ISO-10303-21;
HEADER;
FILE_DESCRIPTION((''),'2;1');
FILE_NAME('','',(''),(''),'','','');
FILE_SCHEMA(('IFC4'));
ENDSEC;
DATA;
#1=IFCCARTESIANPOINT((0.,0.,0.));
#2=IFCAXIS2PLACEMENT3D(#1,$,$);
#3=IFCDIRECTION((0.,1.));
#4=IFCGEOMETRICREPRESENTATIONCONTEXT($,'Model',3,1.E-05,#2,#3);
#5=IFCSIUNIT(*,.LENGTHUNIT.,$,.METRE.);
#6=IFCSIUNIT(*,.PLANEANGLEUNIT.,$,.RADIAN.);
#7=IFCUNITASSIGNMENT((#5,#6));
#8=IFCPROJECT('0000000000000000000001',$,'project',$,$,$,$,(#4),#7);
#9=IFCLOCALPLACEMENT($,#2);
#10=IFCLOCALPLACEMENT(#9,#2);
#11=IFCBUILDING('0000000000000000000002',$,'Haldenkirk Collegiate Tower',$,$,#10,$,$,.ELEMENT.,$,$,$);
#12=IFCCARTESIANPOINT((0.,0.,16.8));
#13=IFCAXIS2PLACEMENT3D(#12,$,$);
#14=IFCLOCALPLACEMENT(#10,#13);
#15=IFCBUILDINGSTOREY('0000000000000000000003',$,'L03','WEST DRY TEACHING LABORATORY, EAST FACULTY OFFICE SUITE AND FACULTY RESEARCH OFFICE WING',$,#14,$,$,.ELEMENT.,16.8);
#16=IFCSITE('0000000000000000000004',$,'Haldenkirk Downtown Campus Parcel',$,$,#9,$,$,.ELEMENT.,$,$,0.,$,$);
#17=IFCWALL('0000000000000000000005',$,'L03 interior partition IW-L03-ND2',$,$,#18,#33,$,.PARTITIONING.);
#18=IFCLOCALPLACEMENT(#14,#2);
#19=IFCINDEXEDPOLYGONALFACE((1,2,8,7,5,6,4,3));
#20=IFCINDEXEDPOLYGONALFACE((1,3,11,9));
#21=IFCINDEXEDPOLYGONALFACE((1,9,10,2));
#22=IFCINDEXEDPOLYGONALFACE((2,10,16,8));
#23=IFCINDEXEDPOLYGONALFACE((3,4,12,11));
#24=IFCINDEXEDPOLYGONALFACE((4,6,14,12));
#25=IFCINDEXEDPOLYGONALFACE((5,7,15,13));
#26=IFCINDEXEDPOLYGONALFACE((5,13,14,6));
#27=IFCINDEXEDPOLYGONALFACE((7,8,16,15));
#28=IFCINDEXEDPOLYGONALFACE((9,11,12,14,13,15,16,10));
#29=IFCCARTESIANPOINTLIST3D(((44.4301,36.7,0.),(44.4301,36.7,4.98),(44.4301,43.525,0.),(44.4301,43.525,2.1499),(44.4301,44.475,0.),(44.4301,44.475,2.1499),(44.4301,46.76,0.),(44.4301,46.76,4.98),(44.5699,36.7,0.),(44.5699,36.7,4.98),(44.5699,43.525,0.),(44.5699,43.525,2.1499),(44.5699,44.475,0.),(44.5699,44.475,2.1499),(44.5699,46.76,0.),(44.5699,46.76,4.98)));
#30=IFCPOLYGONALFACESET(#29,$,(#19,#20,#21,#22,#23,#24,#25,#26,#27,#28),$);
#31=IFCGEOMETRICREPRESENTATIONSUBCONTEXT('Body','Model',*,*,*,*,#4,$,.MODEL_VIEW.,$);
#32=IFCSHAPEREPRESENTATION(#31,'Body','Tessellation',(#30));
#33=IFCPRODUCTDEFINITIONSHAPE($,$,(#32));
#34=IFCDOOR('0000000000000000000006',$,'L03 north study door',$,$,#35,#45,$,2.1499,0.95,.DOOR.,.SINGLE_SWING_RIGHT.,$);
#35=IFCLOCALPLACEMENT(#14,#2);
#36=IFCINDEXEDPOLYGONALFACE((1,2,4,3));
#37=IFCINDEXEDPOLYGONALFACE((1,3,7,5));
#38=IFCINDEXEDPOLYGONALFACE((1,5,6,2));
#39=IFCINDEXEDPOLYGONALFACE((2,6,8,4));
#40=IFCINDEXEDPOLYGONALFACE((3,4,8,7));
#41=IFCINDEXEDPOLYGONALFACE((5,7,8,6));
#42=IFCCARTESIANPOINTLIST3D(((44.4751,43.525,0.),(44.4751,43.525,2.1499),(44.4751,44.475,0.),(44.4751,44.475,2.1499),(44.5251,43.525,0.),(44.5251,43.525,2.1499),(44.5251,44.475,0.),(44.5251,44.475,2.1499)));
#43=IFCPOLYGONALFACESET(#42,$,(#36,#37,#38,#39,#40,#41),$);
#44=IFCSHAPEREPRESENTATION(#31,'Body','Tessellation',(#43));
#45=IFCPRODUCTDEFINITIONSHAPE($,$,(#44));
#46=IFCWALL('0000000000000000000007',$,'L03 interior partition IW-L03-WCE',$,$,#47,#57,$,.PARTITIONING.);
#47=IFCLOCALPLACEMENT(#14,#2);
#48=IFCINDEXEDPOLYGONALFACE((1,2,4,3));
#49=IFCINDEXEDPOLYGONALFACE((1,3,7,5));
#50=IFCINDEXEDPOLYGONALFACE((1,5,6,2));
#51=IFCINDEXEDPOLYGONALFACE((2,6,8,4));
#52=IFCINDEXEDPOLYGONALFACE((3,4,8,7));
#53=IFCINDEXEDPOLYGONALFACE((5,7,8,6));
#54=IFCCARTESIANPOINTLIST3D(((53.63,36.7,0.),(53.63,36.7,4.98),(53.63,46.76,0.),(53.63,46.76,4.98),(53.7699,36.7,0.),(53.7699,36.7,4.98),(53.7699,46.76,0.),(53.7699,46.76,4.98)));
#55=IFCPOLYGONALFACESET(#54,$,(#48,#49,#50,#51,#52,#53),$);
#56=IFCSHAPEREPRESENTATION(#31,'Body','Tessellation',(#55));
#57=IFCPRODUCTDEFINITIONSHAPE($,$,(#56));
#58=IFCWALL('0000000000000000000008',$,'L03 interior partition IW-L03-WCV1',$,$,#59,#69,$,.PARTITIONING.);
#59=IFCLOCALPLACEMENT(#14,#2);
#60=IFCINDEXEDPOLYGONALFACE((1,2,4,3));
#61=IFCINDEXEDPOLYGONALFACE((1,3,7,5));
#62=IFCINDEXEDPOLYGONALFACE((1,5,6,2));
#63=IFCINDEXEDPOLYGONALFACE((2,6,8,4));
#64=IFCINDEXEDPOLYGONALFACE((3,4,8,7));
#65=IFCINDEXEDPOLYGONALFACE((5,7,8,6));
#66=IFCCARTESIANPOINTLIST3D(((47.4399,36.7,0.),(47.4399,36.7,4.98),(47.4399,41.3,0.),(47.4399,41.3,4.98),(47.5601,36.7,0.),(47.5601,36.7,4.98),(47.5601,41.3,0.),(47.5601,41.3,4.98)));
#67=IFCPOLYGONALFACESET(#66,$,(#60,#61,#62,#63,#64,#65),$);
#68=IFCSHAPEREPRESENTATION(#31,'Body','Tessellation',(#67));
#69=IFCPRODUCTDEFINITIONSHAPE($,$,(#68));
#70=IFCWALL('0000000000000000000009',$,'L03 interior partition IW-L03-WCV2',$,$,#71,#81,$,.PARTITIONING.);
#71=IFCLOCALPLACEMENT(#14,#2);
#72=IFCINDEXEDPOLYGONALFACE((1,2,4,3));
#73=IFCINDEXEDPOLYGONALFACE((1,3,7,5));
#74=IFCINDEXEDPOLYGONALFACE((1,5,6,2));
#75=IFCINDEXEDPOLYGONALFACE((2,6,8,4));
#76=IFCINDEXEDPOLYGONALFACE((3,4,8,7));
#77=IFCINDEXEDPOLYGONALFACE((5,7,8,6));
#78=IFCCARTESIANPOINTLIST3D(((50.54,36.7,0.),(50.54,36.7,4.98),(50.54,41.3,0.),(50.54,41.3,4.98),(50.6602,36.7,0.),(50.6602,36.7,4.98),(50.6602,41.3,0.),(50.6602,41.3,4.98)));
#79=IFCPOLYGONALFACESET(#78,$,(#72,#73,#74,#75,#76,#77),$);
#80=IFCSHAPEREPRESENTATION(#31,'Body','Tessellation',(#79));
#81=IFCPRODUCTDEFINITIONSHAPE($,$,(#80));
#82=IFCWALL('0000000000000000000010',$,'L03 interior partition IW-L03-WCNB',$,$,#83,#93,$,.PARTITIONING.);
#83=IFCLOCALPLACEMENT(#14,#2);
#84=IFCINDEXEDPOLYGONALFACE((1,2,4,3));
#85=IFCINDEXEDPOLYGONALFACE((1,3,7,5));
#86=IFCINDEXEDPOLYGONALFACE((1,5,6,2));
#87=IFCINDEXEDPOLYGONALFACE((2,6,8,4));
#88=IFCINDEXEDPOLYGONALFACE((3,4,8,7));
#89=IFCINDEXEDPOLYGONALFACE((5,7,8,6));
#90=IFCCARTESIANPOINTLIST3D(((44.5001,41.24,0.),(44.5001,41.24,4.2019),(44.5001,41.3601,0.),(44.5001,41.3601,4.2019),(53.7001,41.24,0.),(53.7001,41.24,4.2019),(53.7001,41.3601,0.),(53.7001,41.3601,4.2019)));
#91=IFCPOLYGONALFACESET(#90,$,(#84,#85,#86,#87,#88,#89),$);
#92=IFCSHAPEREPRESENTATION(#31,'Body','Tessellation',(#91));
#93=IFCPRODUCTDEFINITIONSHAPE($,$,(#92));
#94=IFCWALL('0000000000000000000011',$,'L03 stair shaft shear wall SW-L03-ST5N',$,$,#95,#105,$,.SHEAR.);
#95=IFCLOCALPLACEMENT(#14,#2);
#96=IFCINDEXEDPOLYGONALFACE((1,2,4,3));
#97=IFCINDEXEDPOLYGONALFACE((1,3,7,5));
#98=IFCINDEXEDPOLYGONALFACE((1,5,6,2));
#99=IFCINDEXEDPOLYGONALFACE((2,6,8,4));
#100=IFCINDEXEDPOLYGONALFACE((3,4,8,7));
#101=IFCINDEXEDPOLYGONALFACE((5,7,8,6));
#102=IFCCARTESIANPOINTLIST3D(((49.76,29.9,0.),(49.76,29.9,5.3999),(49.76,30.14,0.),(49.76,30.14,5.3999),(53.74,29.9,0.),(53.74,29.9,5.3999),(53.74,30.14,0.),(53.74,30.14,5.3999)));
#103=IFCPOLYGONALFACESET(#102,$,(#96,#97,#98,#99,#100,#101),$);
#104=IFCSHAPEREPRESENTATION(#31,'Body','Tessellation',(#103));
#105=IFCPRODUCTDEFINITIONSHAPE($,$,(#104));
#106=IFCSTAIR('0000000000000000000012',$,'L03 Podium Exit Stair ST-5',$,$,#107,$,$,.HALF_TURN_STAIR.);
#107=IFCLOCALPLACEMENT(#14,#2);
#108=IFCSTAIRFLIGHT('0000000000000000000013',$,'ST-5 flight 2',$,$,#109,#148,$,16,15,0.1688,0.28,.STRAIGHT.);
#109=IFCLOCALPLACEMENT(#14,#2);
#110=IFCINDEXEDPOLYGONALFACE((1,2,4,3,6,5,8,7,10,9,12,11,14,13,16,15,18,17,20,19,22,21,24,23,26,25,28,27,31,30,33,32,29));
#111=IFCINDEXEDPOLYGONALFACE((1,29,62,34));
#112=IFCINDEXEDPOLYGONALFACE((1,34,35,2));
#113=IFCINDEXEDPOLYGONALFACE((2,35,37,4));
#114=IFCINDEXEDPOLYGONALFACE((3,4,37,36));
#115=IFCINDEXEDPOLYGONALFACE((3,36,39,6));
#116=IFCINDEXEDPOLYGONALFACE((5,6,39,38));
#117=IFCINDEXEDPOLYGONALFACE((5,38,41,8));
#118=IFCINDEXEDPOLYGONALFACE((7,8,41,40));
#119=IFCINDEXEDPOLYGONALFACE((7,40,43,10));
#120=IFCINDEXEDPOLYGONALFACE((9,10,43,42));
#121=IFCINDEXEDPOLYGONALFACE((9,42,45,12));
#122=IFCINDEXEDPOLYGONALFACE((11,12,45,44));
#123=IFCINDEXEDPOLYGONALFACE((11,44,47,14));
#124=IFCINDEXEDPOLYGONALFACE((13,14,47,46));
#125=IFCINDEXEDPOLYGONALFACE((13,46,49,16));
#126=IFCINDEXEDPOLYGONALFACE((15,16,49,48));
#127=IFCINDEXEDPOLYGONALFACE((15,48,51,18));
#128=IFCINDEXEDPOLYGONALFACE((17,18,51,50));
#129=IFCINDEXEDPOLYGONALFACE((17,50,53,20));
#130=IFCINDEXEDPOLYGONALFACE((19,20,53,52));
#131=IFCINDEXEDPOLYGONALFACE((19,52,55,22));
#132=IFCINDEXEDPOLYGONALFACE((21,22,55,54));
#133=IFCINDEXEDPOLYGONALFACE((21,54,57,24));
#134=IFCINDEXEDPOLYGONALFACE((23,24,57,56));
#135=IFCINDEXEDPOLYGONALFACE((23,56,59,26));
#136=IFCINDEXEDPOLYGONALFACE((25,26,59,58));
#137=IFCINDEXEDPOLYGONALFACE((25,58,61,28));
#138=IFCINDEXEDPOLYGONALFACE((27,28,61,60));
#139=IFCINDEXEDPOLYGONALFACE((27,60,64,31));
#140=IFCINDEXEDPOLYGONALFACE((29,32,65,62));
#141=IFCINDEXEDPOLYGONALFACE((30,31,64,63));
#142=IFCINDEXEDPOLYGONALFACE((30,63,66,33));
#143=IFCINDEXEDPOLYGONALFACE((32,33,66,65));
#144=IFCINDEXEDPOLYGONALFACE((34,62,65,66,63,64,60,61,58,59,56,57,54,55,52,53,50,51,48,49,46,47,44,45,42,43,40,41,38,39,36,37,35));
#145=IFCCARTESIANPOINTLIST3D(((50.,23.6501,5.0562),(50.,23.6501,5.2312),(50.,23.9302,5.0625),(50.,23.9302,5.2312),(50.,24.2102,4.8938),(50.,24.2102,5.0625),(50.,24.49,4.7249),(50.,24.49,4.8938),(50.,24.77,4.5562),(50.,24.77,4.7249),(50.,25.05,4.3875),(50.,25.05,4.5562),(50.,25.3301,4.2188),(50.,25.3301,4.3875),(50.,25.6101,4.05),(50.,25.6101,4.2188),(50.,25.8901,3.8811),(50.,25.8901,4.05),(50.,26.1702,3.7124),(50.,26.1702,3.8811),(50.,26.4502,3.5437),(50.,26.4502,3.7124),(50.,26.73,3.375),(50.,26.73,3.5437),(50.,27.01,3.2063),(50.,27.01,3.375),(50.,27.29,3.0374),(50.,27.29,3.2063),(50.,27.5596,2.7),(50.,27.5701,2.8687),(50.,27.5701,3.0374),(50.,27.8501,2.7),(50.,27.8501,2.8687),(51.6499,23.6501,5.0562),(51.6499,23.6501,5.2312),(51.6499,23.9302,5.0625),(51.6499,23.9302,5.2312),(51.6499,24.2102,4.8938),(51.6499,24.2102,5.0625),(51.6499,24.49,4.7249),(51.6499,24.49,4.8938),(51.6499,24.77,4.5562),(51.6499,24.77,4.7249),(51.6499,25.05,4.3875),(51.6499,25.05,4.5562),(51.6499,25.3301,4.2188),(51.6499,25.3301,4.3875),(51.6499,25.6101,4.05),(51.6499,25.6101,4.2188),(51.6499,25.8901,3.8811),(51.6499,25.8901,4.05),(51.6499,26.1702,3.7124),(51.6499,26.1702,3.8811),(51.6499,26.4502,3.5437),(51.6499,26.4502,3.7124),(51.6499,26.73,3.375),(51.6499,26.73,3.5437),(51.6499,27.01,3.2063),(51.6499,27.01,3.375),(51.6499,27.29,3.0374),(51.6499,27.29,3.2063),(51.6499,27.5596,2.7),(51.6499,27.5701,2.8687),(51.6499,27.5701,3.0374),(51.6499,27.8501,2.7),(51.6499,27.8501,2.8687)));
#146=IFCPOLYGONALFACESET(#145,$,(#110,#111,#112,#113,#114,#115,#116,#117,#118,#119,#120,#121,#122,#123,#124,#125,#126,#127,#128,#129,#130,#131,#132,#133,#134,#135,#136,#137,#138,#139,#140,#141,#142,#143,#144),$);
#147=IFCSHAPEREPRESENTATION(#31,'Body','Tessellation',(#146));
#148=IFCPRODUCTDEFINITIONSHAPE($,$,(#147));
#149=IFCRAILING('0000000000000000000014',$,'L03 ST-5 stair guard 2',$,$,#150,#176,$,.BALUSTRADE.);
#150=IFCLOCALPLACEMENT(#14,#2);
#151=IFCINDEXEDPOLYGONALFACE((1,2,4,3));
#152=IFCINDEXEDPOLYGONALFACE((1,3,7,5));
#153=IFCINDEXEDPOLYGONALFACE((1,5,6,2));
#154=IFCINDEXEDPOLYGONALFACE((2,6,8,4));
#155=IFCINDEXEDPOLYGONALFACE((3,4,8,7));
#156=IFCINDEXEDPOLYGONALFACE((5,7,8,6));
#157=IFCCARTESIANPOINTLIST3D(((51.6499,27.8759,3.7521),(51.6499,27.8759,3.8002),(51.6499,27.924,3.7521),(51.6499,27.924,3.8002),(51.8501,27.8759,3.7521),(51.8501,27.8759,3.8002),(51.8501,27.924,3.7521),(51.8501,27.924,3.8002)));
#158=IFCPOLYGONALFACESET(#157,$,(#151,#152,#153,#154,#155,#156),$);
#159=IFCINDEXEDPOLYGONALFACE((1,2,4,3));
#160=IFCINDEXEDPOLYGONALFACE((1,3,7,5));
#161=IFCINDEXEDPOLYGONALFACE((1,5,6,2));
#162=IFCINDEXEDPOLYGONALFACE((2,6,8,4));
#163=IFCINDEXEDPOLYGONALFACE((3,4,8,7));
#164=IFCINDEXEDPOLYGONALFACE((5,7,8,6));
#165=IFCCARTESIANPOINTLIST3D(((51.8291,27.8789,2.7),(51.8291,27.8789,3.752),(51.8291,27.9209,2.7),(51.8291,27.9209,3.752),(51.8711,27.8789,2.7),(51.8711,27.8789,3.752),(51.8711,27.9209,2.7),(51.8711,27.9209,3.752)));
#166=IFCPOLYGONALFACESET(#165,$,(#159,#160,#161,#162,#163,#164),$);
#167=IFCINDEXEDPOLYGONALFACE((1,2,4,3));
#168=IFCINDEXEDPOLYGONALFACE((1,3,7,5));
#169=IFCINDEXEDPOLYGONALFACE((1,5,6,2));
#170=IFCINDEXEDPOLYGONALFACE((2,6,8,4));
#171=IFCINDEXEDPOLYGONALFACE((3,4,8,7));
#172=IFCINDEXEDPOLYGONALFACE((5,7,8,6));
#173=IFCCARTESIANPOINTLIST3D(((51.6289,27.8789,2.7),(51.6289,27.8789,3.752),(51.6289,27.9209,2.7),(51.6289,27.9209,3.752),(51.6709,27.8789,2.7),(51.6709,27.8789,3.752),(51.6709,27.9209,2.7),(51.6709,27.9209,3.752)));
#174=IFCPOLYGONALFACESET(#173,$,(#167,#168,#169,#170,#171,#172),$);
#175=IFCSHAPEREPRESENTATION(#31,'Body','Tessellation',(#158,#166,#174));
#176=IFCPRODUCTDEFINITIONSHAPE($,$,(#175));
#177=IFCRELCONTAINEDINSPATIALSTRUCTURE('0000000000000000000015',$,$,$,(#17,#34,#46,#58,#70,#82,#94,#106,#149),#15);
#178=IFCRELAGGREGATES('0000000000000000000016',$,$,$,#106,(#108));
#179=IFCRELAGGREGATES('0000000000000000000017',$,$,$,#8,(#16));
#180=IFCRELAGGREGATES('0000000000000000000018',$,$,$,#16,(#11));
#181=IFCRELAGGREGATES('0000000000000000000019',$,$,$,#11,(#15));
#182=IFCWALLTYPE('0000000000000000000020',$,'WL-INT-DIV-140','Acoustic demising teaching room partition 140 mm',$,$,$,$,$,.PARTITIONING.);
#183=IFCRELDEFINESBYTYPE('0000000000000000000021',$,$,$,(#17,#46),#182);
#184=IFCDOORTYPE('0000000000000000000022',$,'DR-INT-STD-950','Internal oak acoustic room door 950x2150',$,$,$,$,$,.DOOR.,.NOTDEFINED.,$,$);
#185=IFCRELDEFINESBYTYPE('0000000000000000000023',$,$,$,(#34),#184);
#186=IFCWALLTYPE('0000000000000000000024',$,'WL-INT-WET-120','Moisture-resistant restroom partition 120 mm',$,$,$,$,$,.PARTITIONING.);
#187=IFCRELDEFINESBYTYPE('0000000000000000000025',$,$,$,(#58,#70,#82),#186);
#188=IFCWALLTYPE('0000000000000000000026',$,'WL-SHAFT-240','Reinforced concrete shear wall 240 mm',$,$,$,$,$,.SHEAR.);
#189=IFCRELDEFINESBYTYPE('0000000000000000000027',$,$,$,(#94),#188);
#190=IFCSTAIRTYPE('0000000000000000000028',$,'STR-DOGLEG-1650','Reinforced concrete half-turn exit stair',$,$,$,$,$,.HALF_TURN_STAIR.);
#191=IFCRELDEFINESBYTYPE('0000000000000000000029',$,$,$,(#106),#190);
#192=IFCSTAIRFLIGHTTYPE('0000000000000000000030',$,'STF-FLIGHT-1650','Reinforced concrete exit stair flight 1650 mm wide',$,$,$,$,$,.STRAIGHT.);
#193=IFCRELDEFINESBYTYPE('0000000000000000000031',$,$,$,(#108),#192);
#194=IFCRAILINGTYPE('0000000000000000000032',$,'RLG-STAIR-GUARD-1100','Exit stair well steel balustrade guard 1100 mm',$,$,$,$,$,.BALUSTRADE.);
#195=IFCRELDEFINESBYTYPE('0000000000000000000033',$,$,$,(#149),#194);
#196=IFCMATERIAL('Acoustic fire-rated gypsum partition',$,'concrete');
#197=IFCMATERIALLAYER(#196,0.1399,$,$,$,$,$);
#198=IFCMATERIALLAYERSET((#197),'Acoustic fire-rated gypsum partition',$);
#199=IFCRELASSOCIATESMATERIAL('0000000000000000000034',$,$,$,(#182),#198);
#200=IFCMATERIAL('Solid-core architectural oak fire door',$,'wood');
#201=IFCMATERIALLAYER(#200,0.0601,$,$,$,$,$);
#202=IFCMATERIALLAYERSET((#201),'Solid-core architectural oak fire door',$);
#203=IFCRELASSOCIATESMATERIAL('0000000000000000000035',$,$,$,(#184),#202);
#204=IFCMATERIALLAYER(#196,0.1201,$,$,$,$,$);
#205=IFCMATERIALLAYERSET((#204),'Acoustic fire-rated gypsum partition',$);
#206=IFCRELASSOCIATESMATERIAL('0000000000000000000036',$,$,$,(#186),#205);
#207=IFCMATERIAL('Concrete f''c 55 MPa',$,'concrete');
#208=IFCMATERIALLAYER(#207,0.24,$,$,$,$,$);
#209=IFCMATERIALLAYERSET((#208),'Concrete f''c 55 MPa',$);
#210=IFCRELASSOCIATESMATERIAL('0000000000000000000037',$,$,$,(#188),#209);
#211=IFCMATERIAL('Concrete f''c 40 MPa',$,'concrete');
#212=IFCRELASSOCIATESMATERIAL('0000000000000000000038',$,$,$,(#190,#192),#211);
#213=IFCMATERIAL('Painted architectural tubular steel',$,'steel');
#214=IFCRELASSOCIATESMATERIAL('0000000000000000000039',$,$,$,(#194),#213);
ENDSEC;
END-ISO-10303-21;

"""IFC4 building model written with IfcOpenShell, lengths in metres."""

from ifc_helpers import new_model, si_unit, direction, frame, frame_2d, origin, origin_2d, place, context, subcontext, project, spatial, polyline, rectangle, outline, extrude, material, layer, layer_set, type_object, element, fill, aggregate, save


model = new_model("IFC4")

# Units and contexts
model_context = context("Model", 3, precision=1e-05, world=origin(), true_north=direction((0.0, 1.0)))
body_context = subcontext(model_context, "Body", "Model", "MODEL_VIEW")
ifc_project = project(units=[si_unit("LENGTHUNIT", "METRE"), si_unit("PLANEANGLEUNIT", "RADIAN")], contexts=[model_context])

# Site, building, storey
site_placement = place(None, origin())
site = spatial("IfcSite", under=ifc_project, at=site_placement, Name="Haldenkirk Downtown Campus Parcel", CompositionType="ELEMENT", RefElevation=0.0)
building_placement = place(site_placement, origin())
building = spatial("IfcBuilding", under=site, at=building_placement, Name="Haldenkirk Collegiate Tower", CompositionType="ELEMENT")
storey_placement = place(building_placement, frame((0.0, 0.0, 16.8)))
storey = spatial("IfcBuildingStorey", under=building, at=storey_placement, Name="L03", Description="WEST DRY TEACHING LABORATORY, EAST FACULTY OFFICE SUITE AND FACULTY RESEARCH OFFICE WING", CompositionType="ELEMENT", Elevation=16.8)

# Shared definitions
ifc_material_1 = material(Name="Acoustic fire-rated gypsum partition", Category="concrete")

# Wall, opening, door
ifc_layer_1 = layer(ifc_material_1, 0.1399)
ifc_layer_set_1 = layer_set([ifc_layer_1], Name="Acoustic fire-rated gypsum partition")
wall_type_1 = type_object("IfcWallType", Name="WL-INT-DIV-140", Description="Acoustic demising teaching room partition 140 mm", PredefinedType="PARTITIONING", material=ifc_layer_set_1)
ifc_material_2 = material(Name="Solid-core architectural oak fire door", Category="wood")
ifc_layer_2 = layer(ifc_material_2, 0.0601)
ifc_layer_set_2 = layer_set([ifc_layer_2], Name="Solid-core architectural oak fire door")
door_type = type_object("IfcDoorType", Name="DR-INT-STD-950", Description="Internal oak acoustic room door 950x2150", OperationType="NOTDEFINED", PredefinedType="DOOR", material=ifc_layer_set_2)
wall_1_placement = place(storey_placement, frame((44.5, 36.7, 0.0), z_axis=(0.0, 0.0, 1.0), x_axis=(0.0, 1.0, 0.0)))
wall_1 = element("IfcWall", 1, at=wall_1_placement, inside=storey, type_object=wall_type_1, Name="L03 interior partition IW-L03-ND2", PredefinedType="PARTITIONING", context=body_context, shape_type="SweptSolid", body=[
    extrude(rectangle(XDim=10.0601, YDim=0.1399, at=frame_2d((5.03, 0.0))), origin(), (0.0, 0.0, 1.0), 4.98),
])
opening_1_placement = place(wall_1_placement, frame((6.825, 0.0, 0.0)))
opening_1 = element("IfcOpeningElement", 2, at=opening_1_placement, cuts=wall_1, PredefinedType="OPENING", context=body_context, shape_type="SweptSolid", body=[
    extrude(rectangle(XDim=0.95, YDim=2.1499, at=frame_2d((0.4751, 1.075))), frame((0.0, 0.0798, 0.0), z_axis=(0.0, -1.0, 0.0), x_axis=(1.0, 0.0, 0.0)), (0.0, 0.0, 1.0), 0.1599),
])
door_1_placement = place(opening_1_placement, origin())
door_1 = element("IfcDoor", 3, at=door_1_placement, inside=storey, type_object=door_type, Name="L03 north study door", OperationType="SINGLE_SWING_RIGHT", OverallHeight=2.1499, OverallWidth=0.95, PredefinedType="DOOR", context=body_context, shape_type="SweptSolid", body=[
    extrude(rectangle(XDim=0.95, YDim=2.1499, at=frame_2d((0.4751, 1.075))), frame((0.0, 0.0249, 0.0), z_axis=(0.0, -1.0, 0.0), x_axis=(1.0, 0.0, 0.0)), (0.0, 0.0, 1.0), 0.05),
])
fill(opening_1, door_1)

# Walls
wall_2_placement = place(storey_placement, frame((53.7, 36.7, 0.0), z_axis=(0.0, 0.0, 1.0), x_axis=(0.0, 1.0, 0.0)))
element("IfcWall", 4, at=wall_2_placement, inside=storey, type_object=wall_type_1, Name="L03 interior partition IW-L03-WCE", PredefinedType="PARTITIONING", context=body_context, shape_type="SweptSolid", body=[
    extrude(rectangle(XDim=10.0601, YDim=0.1399, at=frame_2d((5.03, 0.0))), origin(), (0.0, 0.0, 1.0), 4.98),
])
ifc_layer_3 = layer(ifc_material_1, 0.1201)
ifc_layer_set_3 = layer_set([ifc_layer_3], Name="Acoustic fire-rated gypsum partition")
wall_type_2 = type_object("IfcWallType", Name="WL-INT-WET-120", Description="Moisture-resistant restroom partition 120 mm", PredefinedType="PARTITIONING", material=ifc_layer_set_3)
for number, where, z_axis, x_axis, name in (
    (5, (47.5, 36.7, 0.0), (0.0, 0.0, 1.0), (0.0, 1.0, 0.0), "L03 interior partition IW-L03-WCV1"),
    (6, (50.6001, 36.7, 0.0), (0.0, 0.0, 1.0), (0.0, 1.0, 0.0), "L03 interior partition IW-L03-WCV2"),
):
    element("IfcWall", number, at=place(storey_placement, frame(where, z_axis=z_axis, x_axis=x_axis)), inside=storey, type_object=wall_type_2, Name=name, PredefinedType="PARTITIONING", context=body_context, shape_type="SweptSolid", body=[
        extrude(rectangle(XDim=4.6001, YDim=0.1201, at=frame_2d((2.3, 0.0))), origin(), (0.0, 0.0, 1.0), 4.98),
    ])
wall_3_placement = place(storey_placement, frame((44.5, 41.3, 0.0), z_axis=(0.0, 0.0, 1.0), x_axis=(1.0, 0.0, 0.0)))
element("IfcWall", 7, at=wall_3_placement, inside=storey, type_object=wall_type_2, Name="L03 interior partition IW-L03-WCNB", PredefinedType="PARTITIONING", context=body_context, shape_type="SweptSolid", body=[
    extrude(rectangle(XDim=9.2, YDim=0.1201, at=frame_2d((4.6001, 0.0))), origin(), (0.0, 0.0, 1.0), 4.2019),
])
ifc_material_3 = material(Name="Concrete f'c 55 MPa", Category="concrete")
ifc_layer_4 = layer(ifc_material_3, 0.24)
ifc_layer_set_4 = layer_set([ifc_layer_4], Name="Concrete f'c 55 MPa")
wall_type_3 = type_object("IfcWallType", Name="WL-SHAFT-240", Description="Reinforced concrete shear wall 240 mm", PredefinedType="SHEAR", material=ifc_layer_set_4)
wall_4_placement = place(storey_placement, frame((49.76, 30.02, 0.0), z_axis=(0.0, 0.0, 1.0), x_axis=(1.0, 0.0, 0.0)))
element("IfcWall", 8, at=wall_4_placement, inside=storey, type_object=wall_type_3, Name="L03 stair shaft shear wall SW-L03-ST5N", PredefinedType="SHEAR", context=body_context, shape_type="SweptSolid", body=[
    extrude(rectangle(XDim=3.98, YDim=0.24, at=frame_2d((1.99, 0.0))), origin(), (0.0, 0.0, 1.0), 5.3999),
])

# Stair, stair flight
ifc_material_4 = material(Name="Concrete f'c 40 MPa", Category="concrete")
stair_type = type_object("IfcStairType", Name="STR-DOGLEG-1650", Description="Reinforced concrete half-turn exit stair", PredefinedType="HALF_TURN_STAIR", material=ifc_material_4)
stair_placement = place(storey_placement, origin())
stair = element("IfcStair", 9, at=stair_placement, inside=storey, type_object=stair_type, Name="L03 Podium Exit Stair ST-5", PredefinedType="HALF_TURN_STAIR")
stair_flight_type = type_object("IfcStairFlightType", Name="STF-FLIGHT-1650", Description="Reinforced concrete exit stair flight 1650 mm wide", PredefinedType="STRAIGHT", material=ifc_material_4)
stair_flight_placement = place(storey_placement, frame((50.825, 27.8501, 2.7), z_axis=(0.0, 0.0, 1.0), x_axis=(0.0, -1.0, 0.0)))
stair_flight = element("IfcStairFlight", 10, at=stair_flight_placement, type_object=stair_flight_type, Name="ST-5 flight 2", NumberOfRisers=16, NumberOfTreads=15, PredefinedType="STRAIGHT", RiserHeight=0.1688, TreadLength=0.28, context=body_context, shape_type="SweptSolid", body=[
    extrude(outline(polyline([(0.0, 0.0), (0.0, 0.1687), (0.28, 0.1687), (0.28, 0.3374), (0.5601, 0.3374), (0.5601, 0.5063), (0.8401, 0.5063), (0.8401, 0.675), (1.1201, 0.675), (1.1201, 0.8438), (1.3999, 0.8438), (1.3999, 1.0125), (1.6799, 1.0125), (1.6799, 1.1812), (1.96, 1.1812), (1.96, 1.3501), (2.24, 1.3501), (2.24, 1.5188), (2.52, 1.5188), (2.52, 1.6875), (2.8, 1.6875), (2.8, 1.8562), (3.0801, 1.8562), (3.0801, 2.0249), (3.3601, 2.0249), (3.3601, 2.1938), (3.6399, 2.1938), (3.6399, 2.3625), (3.9199, 2.3625), (3.9199, 2.5312), (4.2, 2.5312), (4.2, 2.7), (4.2, 2.3562), (0.2905, 0.0), (0.0, 0.0)])), frame((0.0, 0.825, 0.0), z_axis=(0.0, -1.0, 0.0), x_axis=(1.0, 0.0, 0.0)), (0.0, 0.0, 1.0), 1.6499),
])
aggregate(stair, [stair_flight])

# Railing
ifc_material_5 = material(Name="Painted architectural tubular steel", Category="steel")
railing_type_1 = type_object("IfcRailingType", Name="RLG-STAIR-GUARD-1100", Description="Exit stair well steel balustrade guard 1100 mm", PredefinedType="BALUSTRADE", material=ifc_material_5)
railing_1_placement = place(storey_placement, frame((51.8501, 27.8999, 2.7)))
element("IfcRailing", 11, at=railing_1_placement, inside=storey, type_object=railing_type_1, Name="L03 ST-5 stair guard 2", PredefinedType="BALUSTRADE", context=body_context, shape_type="SweptSolid", body=[
    extrude(rectangle(XDim=0.0481, YDim=0.0481, at=origin_2d()), frame((0.0, 0.0, 1.0762), z_axis=(-1.0, 0.0, 0.0), x_axis=(0.0, -1.0, 0.0)), (0.0, 0.0, 1.0), 0.2002),
    extrude(rectangle(XDim=0.042, YDim=0.042, at=origin_2d()), origin(), (0.0, 0.0, 1.0), 1.052),
    extrude(rectangle(XDim=0.042, YDim=0.042, at=origin_2d()), frame((-0.2002, 0.0, 0.0)), (0.0, 0.0, 1.0), 1.052),
])

save(model, "model.ifc")
